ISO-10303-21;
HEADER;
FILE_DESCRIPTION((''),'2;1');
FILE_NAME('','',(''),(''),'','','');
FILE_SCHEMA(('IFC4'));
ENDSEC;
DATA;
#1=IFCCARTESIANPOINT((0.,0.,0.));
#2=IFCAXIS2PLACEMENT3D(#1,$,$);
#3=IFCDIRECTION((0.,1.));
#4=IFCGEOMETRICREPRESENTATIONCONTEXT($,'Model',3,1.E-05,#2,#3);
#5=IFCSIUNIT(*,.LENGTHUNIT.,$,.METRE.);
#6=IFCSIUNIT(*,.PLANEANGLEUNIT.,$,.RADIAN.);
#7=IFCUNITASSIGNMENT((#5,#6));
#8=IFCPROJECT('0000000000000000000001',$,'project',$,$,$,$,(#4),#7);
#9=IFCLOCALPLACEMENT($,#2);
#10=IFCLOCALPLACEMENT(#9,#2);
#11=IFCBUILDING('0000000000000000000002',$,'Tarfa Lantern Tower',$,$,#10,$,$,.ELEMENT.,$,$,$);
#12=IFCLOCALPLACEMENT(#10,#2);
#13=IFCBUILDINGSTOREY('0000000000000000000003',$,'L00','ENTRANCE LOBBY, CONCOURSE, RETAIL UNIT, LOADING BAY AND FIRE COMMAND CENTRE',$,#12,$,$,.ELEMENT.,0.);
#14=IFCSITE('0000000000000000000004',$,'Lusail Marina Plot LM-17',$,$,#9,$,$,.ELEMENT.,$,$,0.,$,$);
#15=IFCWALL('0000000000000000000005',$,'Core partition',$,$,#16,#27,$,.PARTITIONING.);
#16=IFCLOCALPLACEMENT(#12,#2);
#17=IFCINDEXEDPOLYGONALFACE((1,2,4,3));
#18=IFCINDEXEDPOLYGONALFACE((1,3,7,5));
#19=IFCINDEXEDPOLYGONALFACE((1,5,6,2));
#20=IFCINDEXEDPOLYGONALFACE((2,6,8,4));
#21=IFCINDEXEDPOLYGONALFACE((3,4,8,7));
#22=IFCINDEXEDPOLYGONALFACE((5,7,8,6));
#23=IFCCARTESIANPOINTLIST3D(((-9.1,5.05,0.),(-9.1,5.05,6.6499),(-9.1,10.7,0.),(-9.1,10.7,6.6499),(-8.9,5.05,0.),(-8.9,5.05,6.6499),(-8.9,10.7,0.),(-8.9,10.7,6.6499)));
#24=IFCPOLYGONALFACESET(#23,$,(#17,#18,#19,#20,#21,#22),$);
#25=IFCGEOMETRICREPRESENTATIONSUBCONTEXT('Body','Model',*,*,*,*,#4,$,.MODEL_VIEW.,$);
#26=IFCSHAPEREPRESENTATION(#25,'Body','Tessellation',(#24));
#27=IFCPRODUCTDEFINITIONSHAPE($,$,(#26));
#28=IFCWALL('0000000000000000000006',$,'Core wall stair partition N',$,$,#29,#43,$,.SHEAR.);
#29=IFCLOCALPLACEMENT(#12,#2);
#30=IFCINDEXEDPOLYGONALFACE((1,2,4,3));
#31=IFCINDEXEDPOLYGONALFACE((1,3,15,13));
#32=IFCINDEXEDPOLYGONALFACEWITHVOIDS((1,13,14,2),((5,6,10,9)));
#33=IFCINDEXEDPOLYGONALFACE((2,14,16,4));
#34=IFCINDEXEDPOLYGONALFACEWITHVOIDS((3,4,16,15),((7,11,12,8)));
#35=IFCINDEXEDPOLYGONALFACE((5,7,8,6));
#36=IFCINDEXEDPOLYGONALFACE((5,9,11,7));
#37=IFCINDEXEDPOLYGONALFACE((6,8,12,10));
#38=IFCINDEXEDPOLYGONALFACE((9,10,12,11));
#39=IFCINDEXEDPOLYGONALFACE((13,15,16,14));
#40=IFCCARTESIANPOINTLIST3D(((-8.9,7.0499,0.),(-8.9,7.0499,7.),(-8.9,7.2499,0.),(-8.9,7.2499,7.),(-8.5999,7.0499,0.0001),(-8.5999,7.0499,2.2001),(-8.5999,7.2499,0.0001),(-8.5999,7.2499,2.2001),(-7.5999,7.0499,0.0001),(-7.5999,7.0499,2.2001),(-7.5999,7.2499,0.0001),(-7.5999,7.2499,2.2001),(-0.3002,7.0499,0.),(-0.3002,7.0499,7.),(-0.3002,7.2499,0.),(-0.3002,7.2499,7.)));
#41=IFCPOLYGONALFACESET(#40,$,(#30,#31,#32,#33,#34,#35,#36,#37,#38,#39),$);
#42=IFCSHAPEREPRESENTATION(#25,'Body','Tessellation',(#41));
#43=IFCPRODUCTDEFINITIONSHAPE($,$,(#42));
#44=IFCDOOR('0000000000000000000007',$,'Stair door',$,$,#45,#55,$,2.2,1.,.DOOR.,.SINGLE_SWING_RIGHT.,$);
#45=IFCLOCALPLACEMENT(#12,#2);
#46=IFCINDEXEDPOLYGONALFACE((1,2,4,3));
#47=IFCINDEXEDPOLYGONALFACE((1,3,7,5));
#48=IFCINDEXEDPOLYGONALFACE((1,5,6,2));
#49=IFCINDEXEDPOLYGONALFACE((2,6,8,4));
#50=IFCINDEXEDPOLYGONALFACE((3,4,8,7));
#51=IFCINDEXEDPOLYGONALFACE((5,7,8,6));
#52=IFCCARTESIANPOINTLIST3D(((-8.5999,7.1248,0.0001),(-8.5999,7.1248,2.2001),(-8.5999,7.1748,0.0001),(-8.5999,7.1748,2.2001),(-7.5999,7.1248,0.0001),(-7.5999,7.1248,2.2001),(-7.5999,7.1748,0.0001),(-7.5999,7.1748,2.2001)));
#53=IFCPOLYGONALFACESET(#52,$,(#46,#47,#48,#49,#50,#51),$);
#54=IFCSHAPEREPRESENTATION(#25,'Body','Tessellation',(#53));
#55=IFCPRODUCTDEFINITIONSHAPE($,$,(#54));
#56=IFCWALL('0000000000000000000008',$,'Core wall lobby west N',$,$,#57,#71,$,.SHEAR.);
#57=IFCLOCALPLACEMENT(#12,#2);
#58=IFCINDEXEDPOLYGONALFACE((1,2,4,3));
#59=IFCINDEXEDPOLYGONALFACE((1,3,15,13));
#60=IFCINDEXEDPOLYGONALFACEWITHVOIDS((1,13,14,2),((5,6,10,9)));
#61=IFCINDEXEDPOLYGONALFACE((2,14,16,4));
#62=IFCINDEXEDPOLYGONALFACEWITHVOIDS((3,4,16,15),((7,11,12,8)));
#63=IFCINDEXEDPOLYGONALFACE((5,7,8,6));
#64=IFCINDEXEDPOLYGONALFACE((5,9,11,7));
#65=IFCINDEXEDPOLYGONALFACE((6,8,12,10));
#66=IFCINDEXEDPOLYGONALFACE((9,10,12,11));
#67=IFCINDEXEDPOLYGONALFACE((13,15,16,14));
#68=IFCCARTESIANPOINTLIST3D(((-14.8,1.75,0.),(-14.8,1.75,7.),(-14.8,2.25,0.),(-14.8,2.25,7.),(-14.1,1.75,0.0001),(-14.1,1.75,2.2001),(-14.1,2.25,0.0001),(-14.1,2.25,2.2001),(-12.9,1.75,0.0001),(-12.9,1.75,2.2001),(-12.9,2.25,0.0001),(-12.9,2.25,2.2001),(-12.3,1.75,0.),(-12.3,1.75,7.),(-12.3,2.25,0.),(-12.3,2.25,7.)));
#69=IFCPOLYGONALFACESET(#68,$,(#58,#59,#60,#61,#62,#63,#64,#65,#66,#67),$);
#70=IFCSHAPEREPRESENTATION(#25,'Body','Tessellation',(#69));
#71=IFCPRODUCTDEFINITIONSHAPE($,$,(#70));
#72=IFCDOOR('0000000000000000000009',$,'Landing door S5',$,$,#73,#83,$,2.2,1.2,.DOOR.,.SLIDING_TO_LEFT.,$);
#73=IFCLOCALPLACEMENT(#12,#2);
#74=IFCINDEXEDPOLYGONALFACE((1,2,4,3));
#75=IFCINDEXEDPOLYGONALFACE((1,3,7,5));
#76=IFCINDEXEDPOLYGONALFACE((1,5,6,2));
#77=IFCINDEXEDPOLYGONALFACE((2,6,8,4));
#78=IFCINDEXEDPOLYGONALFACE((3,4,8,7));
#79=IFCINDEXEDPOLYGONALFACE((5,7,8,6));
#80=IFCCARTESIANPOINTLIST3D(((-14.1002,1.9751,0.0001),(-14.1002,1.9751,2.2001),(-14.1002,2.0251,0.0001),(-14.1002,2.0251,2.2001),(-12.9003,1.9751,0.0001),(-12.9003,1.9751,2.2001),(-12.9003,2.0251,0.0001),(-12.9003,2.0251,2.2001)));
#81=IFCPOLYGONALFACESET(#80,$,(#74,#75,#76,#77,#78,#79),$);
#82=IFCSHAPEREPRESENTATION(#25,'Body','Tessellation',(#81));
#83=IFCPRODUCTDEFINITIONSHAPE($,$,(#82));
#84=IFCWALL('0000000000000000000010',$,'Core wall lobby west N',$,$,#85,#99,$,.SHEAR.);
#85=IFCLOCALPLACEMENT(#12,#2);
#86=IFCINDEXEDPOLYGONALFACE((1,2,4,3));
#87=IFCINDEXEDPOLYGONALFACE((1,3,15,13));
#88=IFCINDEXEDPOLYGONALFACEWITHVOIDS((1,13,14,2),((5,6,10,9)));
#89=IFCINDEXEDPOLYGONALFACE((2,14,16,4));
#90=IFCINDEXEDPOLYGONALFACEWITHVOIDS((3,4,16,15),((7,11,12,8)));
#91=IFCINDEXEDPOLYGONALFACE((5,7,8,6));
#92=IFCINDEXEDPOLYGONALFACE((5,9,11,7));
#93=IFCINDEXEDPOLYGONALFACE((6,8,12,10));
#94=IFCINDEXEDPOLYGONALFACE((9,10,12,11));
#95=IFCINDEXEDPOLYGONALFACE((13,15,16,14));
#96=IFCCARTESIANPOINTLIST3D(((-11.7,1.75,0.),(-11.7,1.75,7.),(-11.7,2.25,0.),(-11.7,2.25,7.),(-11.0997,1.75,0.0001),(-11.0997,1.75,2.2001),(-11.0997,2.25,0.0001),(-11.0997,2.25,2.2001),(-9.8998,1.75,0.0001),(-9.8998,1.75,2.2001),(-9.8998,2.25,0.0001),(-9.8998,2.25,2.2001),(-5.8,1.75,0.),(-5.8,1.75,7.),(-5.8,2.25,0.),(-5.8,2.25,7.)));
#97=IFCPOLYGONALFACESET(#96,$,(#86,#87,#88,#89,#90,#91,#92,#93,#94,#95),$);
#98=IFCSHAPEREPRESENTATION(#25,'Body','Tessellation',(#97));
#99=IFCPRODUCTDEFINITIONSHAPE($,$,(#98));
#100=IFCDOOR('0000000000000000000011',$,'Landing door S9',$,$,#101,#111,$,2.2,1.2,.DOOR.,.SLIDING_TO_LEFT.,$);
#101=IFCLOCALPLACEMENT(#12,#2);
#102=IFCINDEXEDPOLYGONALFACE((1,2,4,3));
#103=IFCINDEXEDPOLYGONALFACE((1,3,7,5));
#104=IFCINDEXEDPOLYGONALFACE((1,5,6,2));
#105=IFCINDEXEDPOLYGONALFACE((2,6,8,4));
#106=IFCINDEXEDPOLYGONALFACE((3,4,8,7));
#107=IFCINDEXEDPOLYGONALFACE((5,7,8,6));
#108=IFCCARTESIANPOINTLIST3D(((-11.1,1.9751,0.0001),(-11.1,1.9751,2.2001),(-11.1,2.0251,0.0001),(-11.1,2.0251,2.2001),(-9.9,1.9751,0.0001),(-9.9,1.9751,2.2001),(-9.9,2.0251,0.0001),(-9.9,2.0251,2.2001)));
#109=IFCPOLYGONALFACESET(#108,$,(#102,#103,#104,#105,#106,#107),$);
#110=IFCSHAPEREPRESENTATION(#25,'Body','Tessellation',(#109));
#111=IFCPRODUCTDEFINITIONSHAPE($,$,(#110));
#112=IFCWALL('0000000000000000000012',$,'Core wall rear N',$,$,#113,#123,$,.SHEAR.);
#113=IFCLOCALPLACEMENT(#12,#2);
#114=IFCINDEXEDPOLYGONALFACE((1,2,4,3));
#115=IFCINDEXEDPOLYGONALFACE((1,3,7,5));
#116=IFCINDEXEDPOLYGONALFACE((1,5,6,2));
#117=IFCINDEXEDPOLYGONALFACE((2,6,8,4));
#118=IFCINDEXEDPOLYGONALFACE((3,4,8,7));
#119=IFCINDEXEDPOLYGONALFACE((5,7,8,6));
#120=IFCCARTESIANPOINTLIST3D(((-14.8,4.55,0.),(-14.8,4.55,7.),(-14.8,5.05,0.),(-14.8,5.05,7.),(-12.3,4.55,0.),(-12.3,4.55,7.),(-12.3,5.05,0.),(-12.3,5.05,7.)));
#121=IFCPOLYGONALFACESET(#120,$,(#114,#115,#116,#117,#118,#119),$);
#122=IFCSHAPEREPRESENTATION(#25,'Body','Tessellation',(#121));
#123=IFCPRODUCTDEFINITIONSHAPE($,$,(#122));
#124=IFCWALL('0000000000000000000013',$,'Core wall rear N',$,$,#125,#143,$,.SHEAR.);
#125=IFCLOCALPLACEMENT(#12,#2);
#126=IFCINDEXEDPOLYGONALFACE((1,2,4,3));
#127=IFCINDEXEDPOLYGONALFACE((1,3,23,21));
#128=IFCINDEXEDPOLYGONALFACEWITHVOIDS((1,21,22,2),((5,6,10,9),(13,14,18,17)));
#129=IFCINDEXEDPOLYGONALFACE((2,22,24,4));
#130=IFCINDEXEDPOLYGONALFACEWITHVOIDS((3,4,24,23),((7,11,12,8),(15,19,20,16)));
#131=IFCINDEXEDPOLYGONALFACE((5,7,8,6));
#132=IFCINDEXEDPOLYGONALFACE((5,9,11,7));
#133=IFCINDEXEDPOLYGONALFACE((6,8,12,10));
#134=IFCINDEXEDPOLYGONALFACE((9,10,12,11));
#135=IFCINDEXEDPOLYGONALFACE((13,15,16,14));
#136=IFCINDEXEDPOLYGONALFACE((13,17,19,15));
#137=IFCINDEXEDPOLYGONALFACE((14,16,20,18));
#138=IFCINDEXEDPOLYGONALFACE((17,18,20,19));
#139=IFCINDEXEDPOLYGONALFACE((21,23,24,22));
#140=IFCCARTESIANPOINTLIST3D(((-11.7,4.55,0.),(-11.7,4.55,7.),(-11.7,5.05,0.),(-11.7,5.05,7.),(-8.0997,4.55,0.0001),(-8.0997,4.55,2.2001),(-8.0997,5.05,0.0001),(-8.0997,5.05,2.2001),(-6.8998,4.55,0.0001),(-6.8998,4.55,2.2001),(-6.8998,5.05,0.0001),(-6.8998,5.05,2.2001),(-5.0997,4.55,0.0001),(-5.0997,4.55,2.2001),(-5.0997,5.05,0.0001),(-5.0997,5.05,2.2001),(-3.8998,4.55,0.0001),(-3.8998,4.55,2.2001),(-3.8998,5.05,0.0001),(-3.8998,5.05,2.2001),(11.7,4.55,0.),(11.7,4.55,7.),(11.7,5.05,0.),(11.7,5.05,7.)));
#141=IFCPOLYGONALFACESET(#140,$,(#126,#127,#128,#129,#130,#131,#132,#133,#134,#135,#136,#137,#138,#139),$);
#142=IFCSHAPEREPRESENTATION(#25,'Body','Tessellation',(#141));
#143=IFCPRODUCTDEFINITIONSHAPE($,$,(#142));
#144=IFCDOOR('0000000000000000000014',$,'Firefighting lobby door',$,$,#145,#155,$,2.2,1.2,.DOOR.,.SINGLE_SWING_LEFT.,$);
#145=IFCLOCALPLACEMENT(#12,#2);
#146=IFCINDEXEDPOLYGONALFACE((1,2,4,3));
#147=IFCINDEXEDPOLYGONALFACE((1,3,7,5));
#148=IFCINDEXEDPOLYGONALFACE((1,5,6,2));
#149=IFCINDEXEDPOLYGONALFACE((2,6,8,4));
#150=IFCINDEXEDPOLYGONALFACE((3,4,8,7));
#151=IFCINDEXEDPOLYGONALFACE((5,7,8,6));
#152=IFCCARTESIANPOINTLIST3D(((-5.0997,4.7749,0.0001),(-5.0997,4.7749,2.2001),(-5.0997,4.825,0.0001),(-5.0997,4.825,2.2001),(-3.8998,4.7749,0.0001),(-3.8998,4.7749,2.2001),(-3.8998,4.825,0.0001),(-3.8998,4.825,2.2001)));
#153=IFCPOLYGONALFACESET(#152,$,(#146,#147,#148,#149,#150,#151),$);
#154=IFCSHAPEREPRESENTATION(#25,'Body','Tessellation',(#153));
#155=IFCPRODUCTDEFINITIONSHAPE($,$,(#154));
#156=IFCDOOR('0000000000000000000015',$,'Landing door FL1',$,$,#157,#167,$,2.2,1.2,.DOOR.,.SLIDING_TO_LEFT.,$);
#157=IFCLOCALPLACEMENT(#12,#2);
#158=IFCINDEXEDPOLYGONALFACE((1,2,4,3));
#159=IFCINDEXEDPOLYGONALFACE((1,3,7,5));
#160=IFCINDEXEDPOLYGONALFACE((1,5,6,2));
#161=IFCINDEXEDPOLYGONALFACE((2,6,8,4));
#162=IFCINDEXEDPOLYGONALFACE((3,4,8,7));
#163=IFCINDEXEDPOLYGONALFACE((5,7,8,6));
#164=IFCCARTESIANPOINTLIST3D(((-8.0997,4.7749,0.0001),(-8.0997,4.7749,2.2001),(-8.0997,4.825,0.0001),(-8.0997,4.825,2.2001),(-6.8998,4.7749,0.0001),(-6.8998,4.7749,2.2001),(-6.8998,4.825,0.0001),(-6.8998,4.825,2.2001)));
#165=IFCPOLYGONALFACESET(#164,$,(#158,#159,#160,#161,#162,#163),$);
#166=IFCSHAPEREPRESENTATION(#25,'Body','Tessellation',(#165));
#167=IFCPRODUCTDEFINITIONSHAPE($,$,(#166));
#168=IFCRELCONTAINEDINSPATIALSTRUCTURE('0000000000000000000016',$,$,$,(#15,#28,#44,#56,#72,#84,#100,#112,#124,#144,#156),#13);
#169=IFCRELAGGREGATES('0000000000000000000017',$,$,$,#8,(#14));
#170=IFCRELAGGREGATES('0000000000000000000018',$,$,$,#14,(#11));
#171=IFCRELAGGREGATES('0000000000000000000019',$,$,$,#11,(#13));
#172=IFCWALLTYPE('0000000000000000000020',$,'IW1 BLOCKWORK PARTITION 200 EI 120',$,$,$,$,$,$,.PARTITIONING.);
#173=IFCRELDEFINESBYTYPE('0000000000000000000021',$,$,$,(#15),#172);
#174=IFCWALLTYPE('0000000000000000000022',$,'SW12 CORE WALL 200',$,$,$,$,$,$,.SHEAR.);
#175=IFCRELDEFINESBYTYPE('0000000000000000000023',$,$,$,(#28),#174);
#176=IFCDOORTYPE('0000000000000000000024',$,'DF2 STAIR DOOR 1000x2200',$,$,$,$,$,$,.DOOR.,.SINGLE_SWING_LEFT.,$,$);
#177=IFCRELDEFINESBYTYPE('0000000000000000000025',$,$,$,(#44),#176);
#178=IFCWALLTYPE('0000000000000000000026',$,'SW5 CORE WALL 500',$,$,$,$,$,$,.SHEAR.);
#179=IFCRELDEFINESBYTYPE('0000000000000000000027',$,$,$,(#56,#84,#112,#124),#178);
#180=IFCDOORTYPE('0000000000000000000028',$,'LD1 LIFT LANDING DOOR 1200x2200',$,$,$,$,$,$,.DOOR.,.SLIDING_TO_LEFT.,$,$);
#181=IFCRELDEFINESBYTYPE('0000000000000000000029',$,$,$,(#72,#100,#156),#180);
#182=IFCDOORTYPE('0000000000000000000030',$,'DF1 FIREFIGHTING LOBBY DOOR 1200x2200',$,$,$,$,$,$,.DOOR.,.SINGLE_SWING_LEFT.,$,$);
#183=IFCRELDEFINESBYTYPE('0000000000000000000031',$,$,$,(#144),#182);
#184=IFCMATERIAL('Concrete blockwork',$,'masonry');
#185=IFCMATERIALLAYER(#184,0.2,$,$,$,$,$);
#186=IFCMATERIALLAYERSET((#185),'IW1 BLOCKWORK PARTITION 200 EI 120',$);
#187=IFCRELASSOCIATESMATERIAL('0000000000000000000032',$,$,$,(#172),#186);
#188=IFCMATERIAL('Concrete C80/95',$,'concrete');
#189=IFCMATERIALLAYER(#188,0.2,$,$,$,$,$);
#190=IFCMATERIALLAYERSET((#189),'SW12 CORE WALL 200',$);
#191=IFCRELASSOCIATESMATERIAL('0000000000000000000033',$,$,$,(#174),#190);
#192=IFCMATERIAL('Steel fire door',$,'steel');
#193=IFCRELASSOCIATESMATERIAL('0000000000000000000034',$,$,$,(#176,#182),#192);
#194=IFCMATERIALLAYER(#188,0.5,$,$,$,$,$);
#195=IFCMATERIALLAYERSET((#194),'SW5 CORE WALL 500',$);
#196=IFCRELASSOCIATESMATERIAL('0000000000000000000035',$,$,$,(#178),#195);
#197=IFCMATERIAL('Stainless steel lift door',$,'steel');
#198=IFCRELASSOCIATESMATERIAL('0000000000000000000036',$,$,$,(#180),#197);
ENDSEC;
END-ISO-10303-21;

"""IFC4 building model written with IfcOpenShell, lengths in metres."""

from ifc_helpers import new_model, si_unit, direction, frame, frame_2d, origin, place, context, subcontext, project, spatial, rectangle, extrude, material, layer, layer_set, type_object, element, fill, save


model = new_model("IFC4")

# Units and contexts
model_context = context("Model", 3, precision=1e-05, world=origin(), true_north=direction((0.0, 1.0)))
body_context = subcontext(model_context, "Body", "Model", "MODEL_VIEW")
ifc_project = project(units=[si_unit("LENGTHUNIT", "METRE"), si_unit("PLANEANGLEUNIT", "RADIAN")], contexts=[model_context])

# Site, building, storey
site_placement = place(None, origin())
site = spatial("IfcSite", under=ifc_project, at=site_placement, Name="Lusail Marina Plot LM-17", CompositionType="ELEMENT", RefElevation=0.0)
building_placement = place(site_placement, origin())
building = spatial("IfcBuilding", under=site, at=building_placement, Name="Tarfa Lantern Tower", CompositionType="ELEMENT")
storey_placement = place(building_placement, origin())
storey = spatial("IfcBuildingStorey", under=building, at=storey_placement, Name="L00", Description="ENTRANCE LOBBY, CONCOURSE, RETAIL UNIT, LOADING BAY AND FIRE COMMAND CENTRE", CompositionType="ELEMENT", Elevation=0.0)

# Wall
ifc_material_1 = material(Name="Concrete blockwork", Category="masonry")
ifc_layer_1 = layer(ifc_material_1, 0.2)
ifc_layer_set_1 = layer_set([ifc_layer_1], Name="IW1 BLOCKWORK PARTITION 200 EI 120")
wall_type_1 = type_object("IfcWallType", Name="IW1 BLOCKWORK PARTITION 200 EI 120", PredefinedType="PARTITIONING", material=ifc_layer_set_1)
wall_1_placement = place(storey_placement, frame((-9.0, 5.05, 0.0), z_axis=(0.0, 0.0, 1.0), x_axis=(0.0, 1.0, 0.0)))
element("IfcWall", 1, at=wall_1_placement, inside=storey, type_object=wall_type_1, Name="Core partition", PredefinedType="PARTITIONING", context=body_context, shape_type="SweptSolid", body=[
    extrude(rectangle(XDim=5.6499, YDim=0.2, at=frame_2d((2.825, 0.0))), origin(), (0.0, 0.0, 1.0), 6.6499),
])

# Walls, openings, doors
ifc_material_2 = material(Name="Concrete C80/95", Category="concrete")
ifc_layer_2 = layer(ifc_material_2, 0.2)
ifc_layer_set_2 = layer_set([ifc_layer_2], Name="SW12 CORE WALL 200")
wall_type_2 = type_object("IfcWallType", Name="SW12 CORE WALL 200", PredefinedType="SHEAR", material=ifc_layer_set_2)
wall_2_placement = place(storey_placement, frame((-8.8999, 7.1499, 0.0), z_axis=(0.0, 0.0, 1.0), x_axis=(1.0, 0.0, 0.0)))
wall_2 = element("IfcWall", 2, at=wall_2_placement, inside=storey, type_object=wall_type_2, Name="Core wall stair partition N", PredefinedType="SHEAR", context=body_context, shape_type="SweptSolid", body=[
    extrude(rectangle(XDim=8.5999, YDim=0.2, at=frame_2d((4.2998, 0.0))), origin(), (0.0, 0.0, 1.0), 7.0),
])
opening_1_placement = place(wall_2_placement, frame((0.3, 0.0, 0.0)))
opening_1 = element("IfcOpeningElement", 3, at=opening_1_placement, cuts=wall_2, PredefinedType="OPENING", context=body_context, shape_type="SweptSolid", body=[
    extrude(rectangle(XDim=1.0, YDim=2.2, at=frame_2d((0.5, 1.1001))), frame((0.0, 0.1099, 0.0), z_axis=(0.0, -1.0, 0.0), x_axis=(1.0, 0.0, 0.0)), (0.0, 0.0, 1.0), 0.22),
])
ifc_material_3 = material(Name="Steel fire door", Category="steel")
door_type_1 = type_object("IfcDoorType", Name="DF2 STAIR DOOR 1000x2200", OperationType="SINGLE_SWING_LEFT", PredefinedType="DOOR", material=ifc_material_3)
door_1_placement = place(opening_1_placement, origin())
door_1 = element("IfcDoor", 4, at=door_1_placement, inside=storey, type_object=door_type_1, Name="Stair door", OperationType="SINGLE_SWING_RIGHT", OverallHeight=2.2, OverallWidth=1.0, PredefinedType="DOOR", context=body_context, shape_type="SweptSolid", body=[
    extrude(rectangle(XDim=1.0, YDim=2.2, at=frame_2d((0.5, 1.1001))), frame((0.0, 0.0249, 0.0), z_axis=(0.0, -1.0, 0.0), x_axis=(1.0, 0.0, 0.0)), (0.0, 0.0, 1.0), 0.05),
])
fill(opening_1, door_1)
ifc_layer_3 = layer(ifc_material_2, 0.5)
ifc_layer_set_3 = layer_set([ifc_layer_3], Name="SW5 CORE WALL 500")
wall_type_3 = type_object("IfcWallType", Name="SW5 CORE WALL 500", PredefinedType="SHEAR", material=ifc_layer_set_3)
wall_3_placement = place(storey_placement, frame((-14.8, 2.0, 0.0), z_axis=(0.0, 0.0, 1.0), x_axis=(1.0, 0.0, 0.0)))
wall_3 = element("IfcWall", 5, at=wall_3_placement, inside=storey, type_object=wall_type_3, Name="Core wall lobby west N", PredefinedType="SHEAR", context=body_context, shape_type="SweptSolid", body=[
    extrude(rectangle(XDim=2.5, YDim=0.5, at=frame_2d((1.25, 0.0))), origin(), (0.0, 0.0, 1.0), 7.0),
])
opening_2_placement = place(wall_3_placement, frame((0.7, 0.0, 0.0)))
opening_2 = element("IfcOpeningElement", 6, at=opening_2_placement, cuts=wall_3, PredefinedType="OPENING", context=body_context, shape_type="SweptSolid", body=[
    extrude(rectangle(XDim=1.2, YDim=2.2, at=frame_2d((0.6001, 1.1001))), frame((0.0, 0.26, 0.0), z_axis=(0.0, -1.0, 0.0), x_axis=(1.0, 0.0, 0.0)), (0.0, 0.0, 1.0), 0.52),
])
ifc_material_4 = material(Name="Stainless steel lift door", Category="steel")
door_type_2 = type_object("IfcDoorType", Name="LD1 LIFT LANDING DOOR 1200x2200", OperationType="SLIDING_TO_LEFT", PredefinedType="DOOR", material=ifc_material_4)
door_2_placement = place(opening_2_placement, frame((1.2, 0.0, 0.0), z_axis=(0.0, 0.0, 1.0), x_axis=(-1.0, 0.0, 0.0)))
door_2 = element("IfcDoor", 7, at=door_2_placement, inside=storey, type_object=door_type_2, Name="Landing door S5", OperationType="SLIDING_TO_LEFT", OverallHeight=2.2, OverallWidth=1.2, PredefinedType="DOOR", context=body_context, shape_type="SweptSolid", body=[
    extrude(rectangle(XDim=1.2, YDim=2.2, at=frame_2d((0.6001, 1.1001))), frame((0.0, 0.0249, 0.0), z_axis=(0.0, -1.0, 0.0), x_axis=(1.0, 0.0, 0.0)), (0.0, 0.0, 1.0), 0.05),
])
fill(opening_2, door_2)
wall_4_placement = place(storey_placement, frame((-11.7, 2.0, 0.0), z_axis=(0.0, 0.0, 1.0), x_axis=(1.0, 0.0, 0.0)))
wall_4 = element("IfcWall", 8, at=wall_4_placement, inside=storey, type_object=wall_type_3, Name="Core wall lobby west N", PredefinedType="SHEAR", context=body_context, shape_type="SweptSolid", body=[
    extrude(rectangle(XDim=5.8999, YDim=0.5, at=frame_2d((2.95, 0.0))), origin(), (0.0, 0.0, 1.0), 7.0),
])
opening_3_placement = place(wall_4_placement, frame((0.6001, 0.0, 0.0)))
opening_3 = element("IfcOpeningElement", 9, at=opening_3_placement, cuts=wall_4, PredefinedType="OPENING", context=body_context, shape_type="SweptSolid", body=[
    extrude(rectangle(XDim=1.2, YDim=2.2, at=frame_2d((0.6001, 1.1001))), frame((0.0, 0.26, 0.0), z_axis=(0.0, -1.0, 0.0), x_axis=(1.0, 0.0, 0.0)), (0.0, 0.0, 1.0), 0.52),
])
door_3_placement = place(opening_3_placement, frame((1.2, 0.0, 0.0), z_axis=(0.0, 0.0, 1.0), x_axis=(-1.0, 0.0, 0.0)))
door_3 = element("IfcDoor", 10, at=door_3_placement, inside=storey, type_object=door_type_2, Name="Landing door S9", OperationType="SLIDING_TO_LEFT", OverallHeight=2.2, OverallWidth=1.2, PredefinedType="DOOR", context=body_context, shape_type="SweptSolid", body=[
    extrude(rectangle(XDim=1.2, YDim=2.2, at=frame_2d((0.6001, 1.1001))), frame((0.0, 0.0249, 0.0), z_axis=(0.0, -1.0, 0.0), x_axis=(1.0, 0.0, 0.0)), (0.0, 0.0, 1.0), 0.05),
])
fill(opening_3, door_3)

# Wall
wall_5_placement = place(storey_placement, frame((-14.8, 4.8, 0.0), z_axis=(0.0, 0.0, 1.0), x_axis=(1.0, 0.0, 0.0)))
element("IfcWall", 11, at=wall_5_placement, inside=storey, type_object=wall_type_3, Name="Core wall rear N", PredefinedType="SHEAR", context=body_context, shape_type="SweptSolid", body=[
    extrude(rectangle(XDim=2.5, YDim=0.5, at=frame_2d((1.25, 0.0))), origin(), (0.0, 0.0, 1.0), 7.0),
])

# Wall, openings, doors
wall_6_placement = place(storey_placement, frame((-11.7, 4.8, 0.0), z_axis=(0.0, 0.0, 1.0), x_axis=(1.0, 0.0, 0.0)))
wall_6 = element("IfcWall", 12, at=wall_6_placement, inside=storey, type_object=wall_type_3, Name="Core wall rear N", PredefinedType="SHEAR", context=body_context, shape_type="SweptSolid", body=[
    extrude(rectangle(XDim=23.3999, YDim=0.5, at=frame_2d((11.7, 0.0))), origin(), (0.0, 0.0, 1.0), 7.0),
])
opening_4_placement = place(wall_6_placement, frame((6.6001, 0.0, 0.0)))
opening_4 = element("IfcOpeningElement", 13, at=opening_4_placement, cuts=wall_6, PredefinedType="OPENING", context=body_context, shape_type="SweptSolid", body=[
    extrude(rectangle(XDim=1.2, YDim=2.2, at=frame_2d((0.6001, 1.1001))), frame((0.0, 0.26, 0.0), z_axis=(0.0, -1.0, 0.0), x_axis=(1.0, 0.0, 0.0)), (0.0, 0.0, 1.0), 0.52),
])
opening_5_placement = place(wall_6_placement, frame((3.6001, 0.0, 0.0)))
opening_5 = element("IfcOpeningElement", 14, at=opening_5_placement, cuts=wall_6, PredefinedType="OPENING", context=body_context, shape_type="SweptSolid", body=[
    extrude(rectangle(XDim=1.2, YDim=2.2, at=frame_2d((0.6001, 1.1001))), frame((0.0, 0.26, 0.0), z_axis=(0.0, -1.0, 0.0), x_axis=(1.0, 0.0, 0.0)), (0.0, 0.0, 1.0), 0.52),
])
door_type_3 = type_object("IfcDoorType", Name="DF1 FIREFIGHTING LOBBY DOOR 1200x2200", OperationType="SINGLE_SWING_LEFT", PredefinedType="DOOR", material=ifc_material_3)
door_4_placement = place(opening_4_placement, origin())
door_4 = element("IfcDoor", 15, at=door_4_placement, inside=storey, type_object=door_type_3, Name="Firefighting lobby door", OperationType="SINGLE_SWING_LEFT", OverallHeight=2.2, OverallWidth=1.2, PredefinedType="DOOR", context=body_context, shape_type="SweptSolid", body=[
    extrude(rectangle(XDim=1.2, YDim=2.2, at=frame_2d((0.6001, 1.1001))), frame((0.0, 0.0249, 0.0), z_axis=(0.0, -1.0, 0.0), x_axis=(1.0, 0.0, 0.0)), (0.0, 0.0, 1.0), 0.05),
])
fill(opening_4, door_4)
door_5_placement = place(opening_5_placement, origin())
door_5 = element("IfcDoor", 16, at=door_5_placement, inside=storey, type_object=door_type_2, Name="Landing door FL1", OperationType="SLIDING_TO_LEFT", OverallHeight=2.2, OverallWidth=1.2, PredefinedType="DOOR", context=body_context, shape_type="SweptSolid", body=[
    extrude(rectangle(XDim=1.2, YDim=2.2, at=frame_2d((0.6001, 1.1001))), frame((0.0, 0.0249, 0.0), z_axis=(0.0, -1.0, 0.0), x_axis=(1.0, 0.0, 0.0)), (0.0, 0.0, 1.0), 0.05),
])
fill(opening_5, door_5)

save(model, "model.ifc")
